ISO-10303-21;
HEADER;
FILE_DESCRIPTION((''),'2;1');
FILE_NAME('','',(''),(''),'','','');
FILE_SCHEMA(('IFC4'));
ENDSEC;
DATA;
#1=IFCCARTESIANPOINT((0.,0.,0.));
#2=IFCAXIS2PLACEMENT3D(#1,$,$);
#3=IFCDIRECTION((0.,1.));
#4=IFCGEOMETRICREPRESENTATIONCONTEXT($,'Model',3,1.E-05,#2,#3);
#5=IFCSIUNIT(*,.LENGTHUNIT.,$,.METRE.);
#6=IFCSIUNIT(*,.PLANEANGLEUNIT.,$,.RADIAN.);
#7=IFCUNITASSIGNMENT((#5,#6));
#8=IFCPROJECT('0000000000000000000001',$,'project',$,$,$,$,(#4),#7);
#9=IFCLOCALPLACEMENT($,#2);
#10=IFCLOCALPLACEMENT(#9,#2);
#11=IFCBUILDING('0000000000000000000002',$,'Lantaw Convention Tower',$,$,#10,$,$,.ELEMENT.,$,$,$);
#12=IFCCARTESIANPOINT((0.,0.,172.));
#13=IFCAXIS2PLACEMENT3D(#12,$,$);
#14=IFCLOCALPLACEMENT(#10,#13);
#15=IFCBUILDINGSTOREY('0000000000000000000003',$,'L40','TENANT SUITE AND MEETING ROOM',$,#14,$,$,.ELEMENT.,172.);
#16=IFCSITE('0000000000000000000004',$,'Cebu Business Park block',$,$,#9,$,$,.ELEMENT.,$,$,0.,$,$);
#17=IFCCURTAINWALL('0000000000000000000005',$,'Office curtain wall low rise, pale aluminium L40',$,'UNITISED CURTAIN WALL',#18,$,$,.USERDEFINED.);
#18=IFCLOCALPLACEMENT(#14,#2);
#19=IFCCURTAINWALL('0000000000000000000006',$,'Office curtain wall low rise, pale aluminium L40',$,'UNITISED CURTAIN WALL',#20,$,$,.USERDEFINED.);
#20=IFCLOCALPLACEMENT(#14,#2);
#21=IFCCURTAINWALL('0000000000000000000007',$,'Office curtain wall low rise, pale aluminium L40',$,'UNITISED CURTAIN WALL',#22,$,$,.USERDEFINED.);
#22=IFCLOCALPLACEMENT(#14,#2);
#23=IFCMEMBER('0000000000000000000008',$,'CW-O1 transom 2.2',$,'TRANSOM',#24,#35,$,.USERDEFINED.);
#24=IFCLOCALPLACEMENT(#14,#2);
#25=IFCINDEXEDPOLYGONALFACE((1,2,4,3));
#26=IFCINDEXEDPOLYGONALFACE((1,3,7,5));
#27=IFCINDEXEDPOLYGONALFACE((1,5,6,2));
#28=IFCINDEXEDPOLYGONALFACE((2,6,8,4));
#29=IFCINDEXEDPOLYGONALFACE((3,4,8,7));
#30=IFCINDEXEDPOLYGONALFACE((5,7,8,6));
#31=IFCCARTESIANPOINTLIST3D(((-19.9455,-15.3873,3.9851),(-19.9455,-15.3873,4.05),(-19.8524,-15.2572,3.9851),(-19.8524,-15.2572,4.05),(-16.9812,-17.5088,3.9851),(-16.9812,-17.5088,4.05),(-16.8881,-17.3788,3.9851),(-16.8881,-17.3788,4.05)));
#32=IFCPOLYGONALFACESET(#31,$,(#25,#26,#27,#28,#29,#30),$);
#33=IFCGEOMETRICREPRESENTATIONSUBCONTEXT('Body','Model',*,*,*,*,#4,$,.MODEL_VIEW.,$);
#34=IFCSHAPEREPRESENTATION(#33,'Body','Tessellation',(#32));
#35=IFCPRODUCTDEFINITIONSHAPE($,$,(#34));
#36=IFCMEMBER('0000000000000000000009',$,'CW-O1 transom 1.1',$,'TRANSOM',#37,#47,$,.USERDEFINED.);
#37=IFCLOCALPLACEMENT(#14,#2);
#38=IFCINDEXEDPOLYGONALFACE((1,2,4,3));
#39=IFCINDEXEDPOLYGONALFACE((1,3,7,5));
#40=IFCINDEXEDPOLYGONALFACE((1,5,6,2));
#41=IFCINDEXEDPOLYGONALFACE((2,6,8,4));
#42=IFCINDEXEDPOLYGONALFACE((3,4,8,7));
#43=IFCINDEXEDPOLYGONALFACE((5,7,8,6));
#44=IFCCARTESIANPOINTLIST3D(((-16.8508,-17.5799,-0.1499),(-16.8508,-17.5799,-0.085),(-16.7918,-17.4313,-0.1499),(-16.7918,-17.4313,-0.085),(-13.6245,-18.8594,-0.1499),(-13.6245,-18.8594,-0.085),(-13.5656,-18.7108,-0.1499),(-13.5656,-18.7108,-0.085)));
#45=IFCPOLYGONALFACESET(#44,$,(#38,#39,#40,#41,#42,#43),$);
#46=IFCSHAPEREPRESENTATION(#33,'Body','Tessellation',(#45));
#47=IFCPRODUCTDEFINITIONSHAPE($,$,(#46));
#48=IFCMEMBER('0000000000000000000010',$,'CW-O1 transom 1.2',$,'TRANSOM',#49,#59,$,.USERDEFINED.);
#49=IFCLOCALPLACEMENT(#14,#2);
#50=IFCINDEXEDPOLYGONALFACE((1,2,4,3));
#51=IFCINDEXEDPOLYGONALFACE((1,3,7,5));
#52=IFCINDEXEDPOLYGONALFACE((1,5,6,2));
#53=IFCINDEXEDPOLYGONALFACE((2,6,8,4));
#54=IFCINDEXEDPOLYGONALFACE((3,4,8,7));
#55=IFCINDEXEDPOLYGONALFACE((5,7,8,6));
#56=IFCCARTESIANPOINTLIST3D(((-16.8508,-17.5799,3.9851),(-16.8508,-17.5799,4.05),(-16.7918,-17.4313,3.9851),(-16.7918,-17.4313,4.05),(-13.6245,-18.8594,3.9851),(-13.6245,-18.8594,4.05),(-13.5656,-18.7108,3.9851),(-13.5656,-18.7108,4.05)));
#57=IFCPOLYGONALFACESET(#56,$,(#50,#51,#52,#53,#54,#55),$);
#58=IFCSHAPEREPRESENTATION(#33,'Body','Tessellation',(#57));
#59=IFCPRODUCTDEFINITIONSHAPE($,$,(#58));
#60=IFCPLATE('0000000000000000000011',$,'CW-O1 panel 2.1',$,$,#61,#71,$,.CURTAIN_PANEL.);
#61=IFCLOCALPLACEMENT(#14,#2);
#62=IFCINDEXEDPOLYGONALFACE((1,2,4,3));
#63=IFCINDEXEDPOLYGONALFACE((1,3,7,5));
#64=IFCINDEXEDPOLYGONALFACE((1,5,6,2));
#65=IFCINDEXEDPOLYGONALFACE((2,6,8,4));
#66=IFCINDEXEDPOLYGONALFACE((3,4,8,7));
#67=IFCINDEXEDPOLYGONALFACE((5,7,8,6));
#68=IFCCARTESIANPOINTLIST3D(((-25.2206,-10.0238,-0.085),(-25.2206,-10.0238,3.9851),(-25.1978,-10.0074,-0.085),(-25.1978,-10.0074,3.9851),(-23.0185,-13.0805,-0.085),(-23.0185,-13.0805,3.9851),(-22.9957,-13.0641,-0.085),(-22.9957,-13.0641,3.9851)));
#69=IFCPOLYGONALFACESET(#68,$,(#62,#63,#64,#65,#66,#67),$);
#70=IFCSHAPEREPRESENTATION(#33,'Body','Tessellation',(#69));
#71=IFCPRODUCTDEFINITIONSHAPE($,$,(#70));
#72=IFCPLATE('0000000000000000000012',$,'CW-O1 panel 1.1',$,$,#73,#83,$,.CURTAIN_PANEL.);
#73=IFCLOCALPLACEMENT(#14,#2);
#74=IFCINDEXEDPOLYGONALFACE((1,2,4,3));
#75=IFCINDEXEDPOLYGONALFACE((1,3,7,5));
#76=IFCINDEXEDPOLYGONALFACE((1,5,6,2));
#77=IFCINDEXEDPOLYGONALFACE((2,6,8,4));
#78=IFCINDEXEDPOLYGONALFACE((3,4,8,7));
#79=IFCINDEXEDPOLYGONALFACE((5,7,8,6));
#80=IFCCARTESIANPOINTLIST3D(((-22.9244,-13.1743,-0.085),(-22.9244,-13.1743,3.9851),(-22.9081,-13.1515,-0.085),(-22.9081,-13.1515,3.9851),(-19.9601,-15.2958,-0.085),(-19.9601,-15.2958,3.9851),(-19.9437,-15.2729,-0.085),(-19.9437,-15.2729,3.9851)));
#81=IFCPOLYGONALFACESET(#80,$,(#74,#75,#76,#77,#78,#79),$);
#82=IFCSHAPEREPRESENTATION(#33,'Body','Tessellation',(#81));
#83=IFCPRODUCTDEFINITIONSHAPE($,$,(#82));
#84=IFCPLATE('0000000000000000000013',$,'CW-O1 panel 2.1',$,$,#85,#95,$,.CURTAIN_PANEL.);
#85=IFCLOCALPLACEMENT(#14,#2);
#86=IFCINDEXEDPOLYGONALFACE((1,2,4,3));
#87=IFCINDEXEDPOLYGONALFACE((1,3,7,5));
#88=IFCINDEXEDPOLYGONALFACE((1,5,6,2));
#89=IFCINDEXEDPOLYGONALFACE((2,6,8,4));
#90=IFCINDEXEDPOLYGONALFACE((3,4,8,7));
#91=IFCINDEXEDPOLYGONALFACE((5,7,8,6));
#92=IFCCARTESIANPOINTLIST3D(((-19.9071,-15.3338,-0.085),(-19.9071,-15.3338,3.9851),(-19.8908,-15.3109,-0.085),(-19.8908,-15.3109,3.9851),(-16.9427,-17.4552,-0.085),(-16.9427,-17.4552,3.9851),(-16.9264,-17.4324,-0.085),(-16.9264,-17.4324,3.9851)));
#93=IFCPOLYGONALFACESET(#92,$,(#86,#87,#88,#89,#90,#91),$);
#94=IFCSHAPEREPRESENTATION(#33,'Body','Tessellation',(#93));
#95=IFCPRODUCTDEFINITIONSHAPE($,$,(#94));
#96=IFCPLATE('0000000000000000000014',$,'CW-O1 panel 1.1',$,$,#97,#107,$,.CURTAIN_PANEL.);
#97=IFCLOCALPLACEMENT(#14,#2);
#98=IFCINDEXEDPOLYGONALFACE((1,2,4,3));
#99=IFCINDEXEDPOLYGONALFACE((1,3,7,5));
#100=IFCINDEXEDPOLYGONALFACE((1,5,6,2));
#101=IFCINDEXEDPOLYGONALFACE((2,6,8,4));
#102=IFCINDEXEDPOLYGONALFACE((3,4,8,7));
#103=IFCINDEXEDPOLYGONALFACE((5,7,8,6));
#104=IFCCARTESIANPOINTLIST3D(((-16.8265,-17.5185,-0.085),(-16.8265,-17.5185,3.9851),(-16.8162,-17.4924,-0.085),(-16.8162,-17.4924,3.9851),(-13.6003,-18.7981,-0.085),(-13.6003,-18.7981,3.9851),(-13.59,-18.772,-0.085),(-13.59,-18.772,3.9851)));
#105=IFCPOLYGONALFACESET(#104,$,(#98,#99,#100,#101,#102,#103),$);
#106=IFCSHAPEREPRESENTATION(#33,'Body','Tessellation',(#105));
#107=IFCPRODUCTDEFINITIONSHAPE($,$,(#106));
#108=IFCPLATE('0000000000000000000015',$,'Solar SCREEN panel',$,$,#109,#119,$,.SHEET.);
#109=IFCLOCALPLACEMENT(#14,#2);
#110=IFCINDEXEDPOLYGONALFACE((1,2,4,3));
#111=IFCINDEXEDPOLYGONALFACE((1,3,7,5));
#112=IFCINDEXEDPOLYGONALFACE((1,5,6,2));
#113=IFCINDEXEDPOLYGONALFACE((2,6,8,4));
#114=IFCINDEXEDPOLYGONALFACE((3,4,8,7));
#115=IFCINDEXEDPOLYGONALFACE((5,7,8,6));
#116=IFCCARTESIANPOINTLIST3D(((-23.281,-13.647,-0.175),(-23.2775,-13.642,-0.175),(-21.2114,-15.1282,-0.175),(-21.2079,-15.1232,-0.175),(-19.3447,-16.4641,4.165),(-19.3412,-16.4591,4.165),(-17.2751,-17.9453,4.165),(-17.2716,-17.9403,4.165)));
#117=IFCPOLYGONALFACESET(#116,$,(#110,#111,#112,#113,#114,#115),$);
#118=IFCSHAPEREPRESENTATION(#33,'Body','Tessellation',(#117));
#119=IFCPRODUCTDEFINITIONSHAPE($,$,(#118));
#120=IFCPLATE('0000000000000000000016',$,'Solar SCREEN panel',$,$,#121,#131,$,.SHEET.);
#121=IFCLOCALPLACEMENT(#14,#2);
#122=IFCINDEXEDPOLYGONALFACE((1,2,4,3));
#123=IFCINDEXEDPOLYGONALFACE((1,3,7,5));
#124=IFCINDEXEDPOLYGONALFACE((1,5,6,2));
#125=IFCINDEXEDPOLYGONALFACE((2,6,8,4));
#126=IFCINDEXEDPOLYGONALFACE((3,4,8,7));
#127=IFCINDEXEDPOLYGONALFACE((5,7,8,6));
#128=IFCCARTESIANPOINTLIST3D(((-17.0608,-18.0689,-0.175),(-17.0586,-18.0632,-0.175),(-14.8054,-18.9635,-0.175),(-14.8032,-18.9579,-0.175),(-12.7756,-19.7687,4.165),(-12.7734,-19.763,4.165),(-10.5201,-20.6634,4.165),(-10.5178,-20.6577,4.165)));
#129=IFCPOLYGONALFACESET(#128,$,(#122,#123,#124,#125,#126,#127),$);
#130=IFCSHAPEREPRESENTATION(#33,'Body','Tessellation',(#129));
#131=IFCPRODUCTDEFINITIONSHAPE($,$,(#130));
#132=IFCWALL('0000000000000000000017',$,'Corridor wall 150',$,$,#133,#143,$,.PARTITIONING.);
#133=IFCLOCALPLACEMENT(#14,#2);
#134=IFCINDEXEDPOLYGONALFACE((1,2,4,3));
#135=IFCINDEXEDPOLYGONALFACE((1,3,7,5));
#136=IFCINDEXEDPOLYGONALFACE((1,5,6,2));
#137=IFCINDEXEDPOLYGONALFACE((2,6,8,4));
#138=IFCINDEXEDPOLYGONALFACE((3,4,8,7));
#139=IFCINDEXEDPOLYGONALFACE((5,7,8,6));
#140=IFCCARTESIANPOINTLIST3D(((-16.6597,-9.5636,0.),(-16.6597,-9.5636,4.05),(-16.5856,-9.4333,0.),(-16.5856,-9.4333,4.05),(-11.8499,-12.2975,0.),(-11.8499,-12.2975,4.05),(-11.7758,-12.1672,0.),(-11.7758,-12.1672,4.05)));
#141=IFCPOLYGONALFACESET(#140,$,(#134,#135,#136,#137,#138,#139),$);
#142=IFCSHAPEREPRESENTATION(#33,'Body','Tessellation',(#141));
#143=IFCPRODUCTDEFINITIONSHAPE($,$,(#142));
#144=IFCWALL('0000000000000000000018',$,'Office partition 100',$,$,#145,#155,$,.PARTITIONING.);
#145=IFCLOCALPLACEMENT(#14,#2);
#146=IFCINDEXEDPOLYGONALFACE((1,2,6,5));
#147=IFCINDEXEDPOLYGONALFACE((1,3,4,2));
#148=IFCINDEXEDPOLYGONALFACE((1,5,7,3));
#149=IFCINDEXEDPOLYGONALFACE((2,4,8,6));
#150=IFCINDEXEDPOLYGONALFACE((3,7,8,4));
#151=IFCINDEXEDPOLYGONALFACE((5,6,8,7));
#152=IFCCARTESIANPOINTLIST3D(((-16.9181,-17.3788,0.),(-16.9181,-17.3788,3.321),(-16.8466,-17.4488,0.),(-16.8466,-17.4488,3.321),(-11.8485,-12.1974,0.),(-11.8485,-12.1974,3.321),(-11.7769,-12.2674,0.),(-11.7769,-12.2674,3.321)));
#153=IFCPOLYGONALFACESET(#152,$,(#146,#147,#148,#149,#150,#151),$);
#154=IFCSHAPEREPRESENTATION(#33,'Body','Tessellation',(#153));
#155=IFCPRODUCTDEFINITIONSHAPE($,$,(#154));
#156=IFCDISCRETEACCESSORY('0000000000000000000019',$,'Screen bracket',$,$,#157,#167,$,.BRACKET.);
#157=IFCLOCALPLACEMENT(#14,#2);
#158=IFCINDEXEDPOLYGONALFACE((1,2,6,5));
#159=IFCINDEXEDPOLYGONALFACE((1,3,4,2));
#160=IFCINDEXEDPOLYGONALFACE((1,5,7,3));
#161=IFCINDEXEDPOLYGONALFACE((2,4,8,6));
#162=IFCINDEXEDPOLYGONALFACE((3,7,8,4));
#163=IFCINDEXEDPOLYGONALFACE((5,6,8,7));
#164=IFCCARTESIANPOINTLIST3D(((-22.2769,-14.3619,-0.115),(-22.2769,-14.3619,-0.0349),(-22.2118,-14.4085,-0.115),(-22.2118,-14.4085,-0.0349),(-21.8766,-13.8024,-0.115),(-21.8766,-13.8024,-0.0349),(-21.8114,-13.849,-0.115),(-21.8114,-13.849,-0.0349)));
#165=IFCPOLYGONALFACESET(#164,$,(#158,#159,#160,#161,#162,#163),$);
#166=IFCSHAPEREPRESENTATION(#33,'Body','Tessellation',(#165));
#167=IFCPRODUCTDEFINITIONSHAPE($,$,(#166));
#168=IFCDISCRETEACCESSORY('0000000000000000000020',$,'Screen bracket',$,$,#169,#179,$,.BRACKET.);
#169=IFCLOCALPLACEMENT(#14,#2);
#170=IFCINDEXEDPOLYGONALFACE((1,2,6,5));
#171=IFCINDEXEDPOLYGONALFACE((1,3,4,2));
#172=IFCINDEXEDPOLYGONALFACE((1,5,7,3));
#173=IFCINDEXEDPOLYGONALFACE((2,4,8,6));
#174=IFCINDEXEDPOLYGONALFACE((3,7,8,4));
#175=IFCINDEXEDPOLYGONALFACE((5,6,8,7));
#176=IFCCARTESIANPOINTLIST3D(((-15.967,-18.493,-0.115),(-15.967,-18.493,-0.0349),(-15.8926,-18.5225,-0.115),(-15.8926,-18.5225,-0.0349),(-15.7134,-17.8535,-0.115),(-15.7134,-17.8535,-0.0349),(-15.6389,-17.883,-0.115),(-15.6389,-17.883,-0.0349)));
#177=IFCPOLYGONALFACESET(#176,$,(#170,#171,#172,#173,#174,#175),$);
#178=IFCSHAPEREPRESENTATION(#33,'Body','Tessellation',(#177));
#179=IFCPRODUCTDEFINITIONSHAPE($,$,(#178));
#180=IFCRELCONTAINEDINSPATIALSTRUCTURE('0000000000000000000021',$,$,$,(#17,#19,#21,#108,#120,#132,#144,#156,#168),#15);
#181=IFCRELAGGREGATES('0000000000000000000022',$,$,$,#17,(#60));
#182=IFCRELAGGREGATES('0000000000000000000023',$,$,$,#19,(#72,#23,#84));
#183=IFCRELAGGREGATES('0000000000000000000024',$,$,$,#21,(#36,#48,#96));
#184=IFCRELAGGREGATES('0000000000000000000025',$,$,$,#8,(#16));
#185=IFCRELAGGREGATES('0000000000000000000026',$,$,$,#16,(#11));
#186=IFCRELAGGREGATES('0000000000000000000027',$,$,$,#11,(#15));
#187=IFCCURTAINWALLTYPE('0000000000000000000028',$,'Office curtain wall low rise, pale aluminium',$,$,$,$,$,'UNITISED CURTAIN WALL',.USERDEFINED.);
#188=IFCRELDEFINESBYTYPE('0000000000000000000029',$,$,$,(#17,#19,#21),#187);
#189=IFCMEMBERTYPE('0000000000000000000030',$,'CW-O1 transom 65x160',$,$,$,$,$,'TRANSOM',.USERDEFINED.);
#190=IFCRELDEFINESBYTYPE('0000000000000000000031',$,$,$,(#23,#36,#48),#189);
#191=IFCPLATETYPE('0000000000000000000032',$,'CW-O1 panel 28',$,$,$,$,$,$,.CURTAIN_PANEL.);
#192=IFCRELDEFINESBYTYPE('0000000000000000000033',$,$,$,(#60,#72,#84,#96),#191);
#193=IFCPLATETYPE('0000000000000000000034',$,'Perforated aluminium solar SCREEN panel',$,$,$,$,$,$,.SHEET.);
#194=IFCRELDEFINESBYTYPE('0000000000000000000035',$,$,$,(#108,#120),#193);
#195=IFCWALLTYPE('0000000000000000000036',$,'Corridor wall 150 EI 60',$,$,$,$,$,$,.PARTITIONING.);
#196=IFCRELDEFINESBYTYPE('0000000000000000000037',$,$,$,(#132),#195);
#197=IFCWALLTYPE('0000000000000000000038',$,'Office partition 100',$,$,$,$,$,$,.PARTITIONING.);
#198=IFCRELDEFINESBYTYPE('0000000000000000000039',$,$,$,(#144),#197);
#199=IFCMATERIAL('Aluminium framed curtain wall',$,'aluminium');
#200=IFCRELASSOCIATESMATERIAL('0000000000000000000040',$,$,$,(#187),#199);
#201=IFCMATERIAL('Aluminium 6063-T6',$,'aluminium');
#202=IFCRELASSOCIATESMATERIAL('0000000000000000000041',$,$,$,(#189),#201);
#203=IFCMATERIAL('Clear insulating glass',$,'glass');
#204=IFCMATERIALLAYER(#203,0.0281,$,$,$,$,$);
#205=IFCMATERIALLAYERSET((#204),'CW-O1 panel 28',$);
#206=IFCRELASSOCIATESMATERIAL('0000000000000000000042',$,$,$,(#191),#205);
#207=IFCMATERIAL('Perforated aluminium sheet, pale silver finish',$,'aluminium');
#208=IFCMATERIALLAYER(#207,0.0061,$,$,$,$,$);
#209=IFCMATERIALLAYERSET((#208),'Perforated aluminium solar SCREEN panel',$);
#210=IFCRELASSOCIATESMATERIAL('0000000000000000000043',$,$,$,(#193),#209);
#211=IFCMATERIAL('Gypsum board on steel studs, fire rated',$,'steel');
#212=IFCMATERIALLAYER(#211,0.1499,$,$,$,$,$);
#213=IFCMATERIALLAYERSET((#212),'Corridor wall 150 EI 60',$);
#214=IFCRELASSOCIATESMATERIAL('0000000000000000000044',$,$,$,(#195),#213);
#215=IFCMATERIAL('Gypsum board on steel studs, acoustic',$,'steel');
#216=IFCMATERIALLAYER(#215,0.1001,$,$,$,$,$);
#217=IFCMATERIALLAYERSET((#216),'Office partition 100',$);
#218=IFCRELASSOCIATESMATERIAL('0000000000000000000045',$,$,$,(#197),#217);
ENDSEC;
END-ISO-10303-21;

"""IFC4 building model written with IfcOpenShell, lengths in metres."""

from ifc_helpers import new_model, si_unit, direction, frame, frame_2d, origin, origin_2d, place, context, subcontext, project, spatial, polyline, rectangle, outline, extrude, material, layer, layer_set, material_profile, profile_set, type_object, element, aggregate, save


model = new_model("IFC4")

# Units and contexts
model_context = context("Model", 3, precision=1e-05, world=origin(), true_north=direction((0.0, 1.0)))
body_context = subcontext(model_context, "Body", "Model", "MODEL_VIEW")
ifc_project = project(units=[si_unit("LENGTHUNIT", "METRE"), si_unit("PLANEANGLEUNIT", "RADIAN")], contexts=[model_context])

# Site, building, storey
site_placement = place(None, origin())
site = spatial("IfcSite", under=ifc_project, at=site_placement, Name="Cebu Business Park block", CompositionType="ELEMENT", RefElevation=0.0)
building_placement = place(site_placement, origin())
building = spatial("IfcBuilding", under=site, at=building_placement, Name="Lantaw Convention Tower", CompositionType="ELEMENT")
storey_placement = place(building_placement, frame((0.0, 0.0, 172.0)))
storey = spatial("IfcBuildingStorey", under=building, at=storey_placement, Name="L40", Description="TENANT SUITE AND MEETING ROOM", CompositionType="ELEMENT", Elevation=172.0)

# Curtain walls
ifc_material_1 = material(Name="Aluminium framed curtain wall", Category="aluminium")
curtain_wall_type = type_object("IfcCurtainWallType", Name="Office curtain wall low rise, pale aluminium", ElementType="UNITISED CURTAIN WALL", PredefinedType="USERDEFINED", material=ifc_material_1)
curtain_wall_1_placement = place(storey_placement, origin())
curtain_wall_1 = element("IfcCurtainWall", 1, at=curtain_wall_1_placement, inside=storey, type_object=curtain_wall_type, Name="Office curtain wall low rise, pale aluminium L40", ObjectType="UNITISED CURTAIN WALL", PredefinedType="USERDEFINED")
ifc_material_2 = material(Name="Aluminium 6063-T6", Category="aluminium")
curtain_wall_2_placement = place(storey_placement, origin())
curtain_wall_2 = element("IfcCurtainWall", 2, at=curtain_wall_2_placement, inside=storey, type_object=curtain_wall_type, Name="Office curtain wall low rise, pale aluminium L40", ObjectType="UNITISED CURTAIN WALL", PredefinedType="USERDEFINED")

# Curtain wall
curtain_wall_3_placement = place(storey_placement, origin())
curtain_wall_3 = element("IfcCurtainWall", 3, at=curtain_wall_3_placement, inside=storey, type_object=curtain_wall_type, Name="Office curtain wall low rise, pale aluminium L40", ObjectType="UNITISED CURTAIN WALL", PredefinedType="USERDEFINED")

# Members
ifc_material_profile_1 = material_profile(ifc_material_2, rectangle(XDim=0.1599, YDim=0.0649, at=origin_2d()), Name="CW-O1 transom 65x160")
ifc_profile_set_1 = profile_set([ifc_material_profile_1], Name="Aluminium 6063-T6")
member_type_1 = type_object("IfcMemberType", Name="CW-O1 transom 65x160", ElementType="TRANSOM", PredefinedType="USERDEFINED", material=ifc_profile_set_1)
member_1_placement = place(storey_placement, frame((-19.8989, -15.3223, 4.0176), z_axis=(0.81319, -0.581998, 0.0), x_axis=(0.581998, 0.81319, 0.0)))
member_1 = element("IfcMember", 4, at=member_1_placement, type_object=member_type_1, Name="CW-O1 transom 2.2", ObjectType="TRANSOM", PredefinedType="USERDEFINED", context=body_context, shape_type="SweptSolid", body=[
    extrude(rectangle(XDim=0.1599, YDim=0.0649, at=origin_2d()), origin(), (0.0, 0.0, 1.0), 3.6453),
])
member_2_placement = place(storey_placement, frame((-16.8213, -17.5056, -0.1174), z_axis=(0.929564, -0.36866, 0.0), x_axis=(0.36866, 0.929564, 0.0)))
member_2 = element("IfcMember", 5, at=member_2_placement, type_object=member_type_1, Name="CW-O1 transom 1.1", ObjectType="TRANSOM", PredefinedType="USERDEFINED", context=body_context, shape_type="SweptSolid", body=[
    extrude(rectangle(XDim=0.1599, YDim=0.0649, at=origin_2d()), origin(), (0.0, 0.0, 1.0), 3.4707),
])
member_3_placement = place(storey_placement, frame((-16.8213, -17.5056, 4.0176), z_axis=(0.929564, -0.36866, 0.0), x_axis=(0.36866, 0.929564, 0.0)))
member_3 = element("IfcMember", 6, at=member_3_placement, type_object=member_type_1, Name="CW-O1 transom 1.2", ObjectType="TRANSOM", PredefinedType="USERDEFINED", context=body_context, shape_type="SweptSolid", body=[
    extrude(rectangle(XDim=0.1599, YDim=0.0649, at=origin_2d()), origin(), (0.0, 0.0, 1.0), 3.4707),
])

# Plates
ifc_material_3 = material(Name="Clear insulating glass", Category="glass")
ifc_layer_1 = layer(ifc_material_3, 0.0281)
ifc_layer_set_1 = layer_set([ifc_layer_1], Name="CW-O1 panel 28")
plate_type_1 = type_object("IfcPlateType", Name="CW-O1 panel 28", PredefinedType="CURTAIN_PANEL", material=ifc_layer_set_1)
plate_1_placement = place(storey_placement, frame((-24.1082, -11.5439, -0.085), z_axis=(0.0, 0.0, 1.0), x_axis=(0.584513, -0.811385, 0.0)))
plate_1 = element("IfcPlate", 7, at=plate_1_placement, type_object=plate_type_1, Name="CW-O1 panel 2.1", PredefinedType="CURTAIN_PANEL", context=body_context, shape_type="SweptSolid", body=[
    extrude(rectangle(XDim=3.7673, YDim=0.0281, at=origin_2d()), origin(), (0.0, 0.0, 1.0), 4.0701),
])
aggregate(curtain_wall_1, [plate_1])
plate_2_placement = place(storey_placement, frame((-21.4341, -14.2236, -0.085), z_axis=(0.0, 0.0, 1.0), x_axis=(0.813208, -0.581973, 0.0)))
plate_2 = element("IfcPlate", 8, at=plate_2_placement, type_object=plate_type_1, Name="CW-O1 panel 1.1", PredefinedType="CURTAIN_PANEL", context=body_context, shape_type="SweptSolid", body=[
    extrude(rectangle(XDim=3.6453, YDim=0.0281, at=origin_2d()), origin(), (0.0, 0.0, 1.0), 4.0701),
])
plate_3_placement = place(storey_placement, frame((-18.4167, -16.3831, -0.085), z_axis=(0.0, 0.0, 1.0), x_axis=(0.813208, -0.581973, 0.0)))
plate_3 = element("IfcPlate", 9, at=plate_3_placement, type_object=plate_type_1, Name="CW-O1 panel 2.1", PredefinedType="CURTAIN_PANEL", context=body_context, shape_type="SweptSolid", body=[
    extrude(rectangle(XDim=3.6453, YDim=0.0281, at=origin_2d()), origin(), (0.0, 0.0, 1.0), 4.0701),
])
aggregate(curtain_wall_2, [plate_2, member_1, plate_3])
plate_4_placement = place(storey_placement, frame((-15.2083, -18.1453, -0.085), z_axis=(0.0, 0.0, 1.0), x_axis=(0.929548, -0.368702, 0.0)))
plate_4 = element("IfcPlate", 10, at=plate_4_placement, type_object=plate_type_1, Name="CW-O1 panel 1.1", PredefinedType="CURTAIN_PANEL", context=body_context, shape_type="SweptSolid", body=[
    extrude(rectangle(XDim=3.4707, YDim=0.0281, at=origin_2d()), origin(), (0.0, 0.0, 1.0), 4.0701),
])
aggregate(curtain_wall_3, [member_2, member_3, plate_4])

# Plates
ifc_material_4 = material(Name="Perforated aluminium sheet, pale silver finish", Category="aluminium")
ifc_layer_2 = layer(ifc_material_4, 0.0061)
ifc_layer_set_2 = layer_set([ifc_layer_2], Name="Perforated aluminium solar SCREEN panel")
plate_type_2 = type_object("IfcPlateType", Name="Perforated aluminium solar SCREEN panel", PredefinedType="SHEET", material=ifc_layer_set_2)
plate_5_placement = place(storey_placement, frame((-23.281, -13.647, -0.175), z_axis=(-0.582, -0.813189, 0.000012), x_axis=(0.813189, -0.582, 0.0)))
element("IfcPlate", 11, at=plate_5_placement, inside=storey, type_object=plate_type_2, Name="Solar SCREEN panel", PredefinedType="SHEET", context=body_context, shape_type="SweptSolid", body=[
    extrude(outline(polyline([(0.0, 0.0), (2.545, 0.0), (7.3855, 4.3401), (4.8405, 4.3401), (0.0, 0.0)])), origin(), (0.0, 0.0, -1.0), 0.0061),
])
plate_6_placement = place(storey_placement, frame((-17.0586, -18.0632, -0.175), z_axis=(0.368709, 0.929545, 0.000011), x_axis=(0.929545, -0.368709, 0.0)))
element("IfcPlate", 12, at=plate_6_placement, inside=storey, type_object=plate_type_2, Name="Solar SCREEN panel", PredefinedType="SHEET", context=body_context, shape_type="SweptSolid", body=[
    extrude(outline(polyline([(0.0, 0.0), (2.4264, 0.0), (7.0365, -4.3401), (4.61, -4.3401), (0.0, 0.0)])), origin(), (0.0, 0.0, -1.0), 0.0061),
])

# Walls
ifc_material_5 = material(Name="Gypsum board on steel studs, fire rated", Category="steel")
ifc_layer_3 = layer(ifc_material_5, 0.1499)
ifc_layer_set_3 = layer_set([ifc_layer_3], Name="Corridor wall 150 EI 60")
wall_type_1 = type_object("IfcWallType", Name="Corridor wall 150 EI 60", PredefinedType="PARTITIONING", material=ifc_layer_set_3)
wall_1_placement = place(storey_placement, frame((-16.6226, -9.4985, 0.0), z_axis=(0.0, 0.0, 1.0), x_axis=(0.869376, -0.494151, 0.0)))
element("IfcWall", 13, at=wall_1_placement, inside=storey, type_object=wall_type_1, Name="Corridor wall 150", PredefinedType="PARTITIONING", context=body_context, shape_type="SweptSolid", body=[
    extrude(rectangle(XDim=5.5325, YDim=0.1499, at=frame_2d((2.7661, 0.0))), origin(), (0.0, 0.0, 1.0), 4.05),
])
ifc_material_6 = material(Name="Gypsum board on steel studs, acoustic", Category="steel")
ifc_layer_4 = layer(ifc_material_6, 0.1001)
ifc_layer_set_4 = layer_set([ifc_layer_4], Name="Office partition 100")
wall_type_2 = type_object("IfcWallType", Name="Office partition 100", PredefinedType="PARTITIONING", material=ifc_layer_set_4)
wall_2_placement = place(storey_placement, frame((-16.8823, -17.4138, 0.0), z_axis=(0.0, 0.0, 1.0), x_axis=(0.699352, 0.714777, 0.0)))
element("IfcWall", 14, at=wall_2_placement, inside=storey, type_object=wall_type_2, Name="Office partition 100", PredefinedType="PARTITIONING", context=body_context, shape_type="SweptSolid", body=[
    extrude(rectangle(XDim=7.249, YDim=0.1001, at=frame_2d((3.6245, 0.0))), origin(), (0.0, 0.0, 1.0), 3.321),
])

# Discrete accessories
for number, where, z_axis, x_axis, name in (
    (15, (-22.0442, -14.1055, -0.115), (0.0, 0.0, 1.0), (0.813208, -0.581973, 0.0), "Screen bracket"),
    (16, (-15.803, -18.188, -0.115), (0.0, 0.0, 1.0), (0.929548, -0.368702, 0.0), "Screen bracket"),
):
    element("IfcDiscreteAccessory", number, at=place(storey_placement, frame(where, z_axis=z_axis, x_axis=x_axis)), inside=storey, Name=name, PredefinedType="BRACKET", context=body_context, shape_type="SweptSolid", body=[
        extrude(rectangle(XDim=0.0801, YDim=0.688, at=origin_2d()), origin(), (0.0, 0.0, 1.0), 0.0801),
    ])

save(model, "model.ifc")
